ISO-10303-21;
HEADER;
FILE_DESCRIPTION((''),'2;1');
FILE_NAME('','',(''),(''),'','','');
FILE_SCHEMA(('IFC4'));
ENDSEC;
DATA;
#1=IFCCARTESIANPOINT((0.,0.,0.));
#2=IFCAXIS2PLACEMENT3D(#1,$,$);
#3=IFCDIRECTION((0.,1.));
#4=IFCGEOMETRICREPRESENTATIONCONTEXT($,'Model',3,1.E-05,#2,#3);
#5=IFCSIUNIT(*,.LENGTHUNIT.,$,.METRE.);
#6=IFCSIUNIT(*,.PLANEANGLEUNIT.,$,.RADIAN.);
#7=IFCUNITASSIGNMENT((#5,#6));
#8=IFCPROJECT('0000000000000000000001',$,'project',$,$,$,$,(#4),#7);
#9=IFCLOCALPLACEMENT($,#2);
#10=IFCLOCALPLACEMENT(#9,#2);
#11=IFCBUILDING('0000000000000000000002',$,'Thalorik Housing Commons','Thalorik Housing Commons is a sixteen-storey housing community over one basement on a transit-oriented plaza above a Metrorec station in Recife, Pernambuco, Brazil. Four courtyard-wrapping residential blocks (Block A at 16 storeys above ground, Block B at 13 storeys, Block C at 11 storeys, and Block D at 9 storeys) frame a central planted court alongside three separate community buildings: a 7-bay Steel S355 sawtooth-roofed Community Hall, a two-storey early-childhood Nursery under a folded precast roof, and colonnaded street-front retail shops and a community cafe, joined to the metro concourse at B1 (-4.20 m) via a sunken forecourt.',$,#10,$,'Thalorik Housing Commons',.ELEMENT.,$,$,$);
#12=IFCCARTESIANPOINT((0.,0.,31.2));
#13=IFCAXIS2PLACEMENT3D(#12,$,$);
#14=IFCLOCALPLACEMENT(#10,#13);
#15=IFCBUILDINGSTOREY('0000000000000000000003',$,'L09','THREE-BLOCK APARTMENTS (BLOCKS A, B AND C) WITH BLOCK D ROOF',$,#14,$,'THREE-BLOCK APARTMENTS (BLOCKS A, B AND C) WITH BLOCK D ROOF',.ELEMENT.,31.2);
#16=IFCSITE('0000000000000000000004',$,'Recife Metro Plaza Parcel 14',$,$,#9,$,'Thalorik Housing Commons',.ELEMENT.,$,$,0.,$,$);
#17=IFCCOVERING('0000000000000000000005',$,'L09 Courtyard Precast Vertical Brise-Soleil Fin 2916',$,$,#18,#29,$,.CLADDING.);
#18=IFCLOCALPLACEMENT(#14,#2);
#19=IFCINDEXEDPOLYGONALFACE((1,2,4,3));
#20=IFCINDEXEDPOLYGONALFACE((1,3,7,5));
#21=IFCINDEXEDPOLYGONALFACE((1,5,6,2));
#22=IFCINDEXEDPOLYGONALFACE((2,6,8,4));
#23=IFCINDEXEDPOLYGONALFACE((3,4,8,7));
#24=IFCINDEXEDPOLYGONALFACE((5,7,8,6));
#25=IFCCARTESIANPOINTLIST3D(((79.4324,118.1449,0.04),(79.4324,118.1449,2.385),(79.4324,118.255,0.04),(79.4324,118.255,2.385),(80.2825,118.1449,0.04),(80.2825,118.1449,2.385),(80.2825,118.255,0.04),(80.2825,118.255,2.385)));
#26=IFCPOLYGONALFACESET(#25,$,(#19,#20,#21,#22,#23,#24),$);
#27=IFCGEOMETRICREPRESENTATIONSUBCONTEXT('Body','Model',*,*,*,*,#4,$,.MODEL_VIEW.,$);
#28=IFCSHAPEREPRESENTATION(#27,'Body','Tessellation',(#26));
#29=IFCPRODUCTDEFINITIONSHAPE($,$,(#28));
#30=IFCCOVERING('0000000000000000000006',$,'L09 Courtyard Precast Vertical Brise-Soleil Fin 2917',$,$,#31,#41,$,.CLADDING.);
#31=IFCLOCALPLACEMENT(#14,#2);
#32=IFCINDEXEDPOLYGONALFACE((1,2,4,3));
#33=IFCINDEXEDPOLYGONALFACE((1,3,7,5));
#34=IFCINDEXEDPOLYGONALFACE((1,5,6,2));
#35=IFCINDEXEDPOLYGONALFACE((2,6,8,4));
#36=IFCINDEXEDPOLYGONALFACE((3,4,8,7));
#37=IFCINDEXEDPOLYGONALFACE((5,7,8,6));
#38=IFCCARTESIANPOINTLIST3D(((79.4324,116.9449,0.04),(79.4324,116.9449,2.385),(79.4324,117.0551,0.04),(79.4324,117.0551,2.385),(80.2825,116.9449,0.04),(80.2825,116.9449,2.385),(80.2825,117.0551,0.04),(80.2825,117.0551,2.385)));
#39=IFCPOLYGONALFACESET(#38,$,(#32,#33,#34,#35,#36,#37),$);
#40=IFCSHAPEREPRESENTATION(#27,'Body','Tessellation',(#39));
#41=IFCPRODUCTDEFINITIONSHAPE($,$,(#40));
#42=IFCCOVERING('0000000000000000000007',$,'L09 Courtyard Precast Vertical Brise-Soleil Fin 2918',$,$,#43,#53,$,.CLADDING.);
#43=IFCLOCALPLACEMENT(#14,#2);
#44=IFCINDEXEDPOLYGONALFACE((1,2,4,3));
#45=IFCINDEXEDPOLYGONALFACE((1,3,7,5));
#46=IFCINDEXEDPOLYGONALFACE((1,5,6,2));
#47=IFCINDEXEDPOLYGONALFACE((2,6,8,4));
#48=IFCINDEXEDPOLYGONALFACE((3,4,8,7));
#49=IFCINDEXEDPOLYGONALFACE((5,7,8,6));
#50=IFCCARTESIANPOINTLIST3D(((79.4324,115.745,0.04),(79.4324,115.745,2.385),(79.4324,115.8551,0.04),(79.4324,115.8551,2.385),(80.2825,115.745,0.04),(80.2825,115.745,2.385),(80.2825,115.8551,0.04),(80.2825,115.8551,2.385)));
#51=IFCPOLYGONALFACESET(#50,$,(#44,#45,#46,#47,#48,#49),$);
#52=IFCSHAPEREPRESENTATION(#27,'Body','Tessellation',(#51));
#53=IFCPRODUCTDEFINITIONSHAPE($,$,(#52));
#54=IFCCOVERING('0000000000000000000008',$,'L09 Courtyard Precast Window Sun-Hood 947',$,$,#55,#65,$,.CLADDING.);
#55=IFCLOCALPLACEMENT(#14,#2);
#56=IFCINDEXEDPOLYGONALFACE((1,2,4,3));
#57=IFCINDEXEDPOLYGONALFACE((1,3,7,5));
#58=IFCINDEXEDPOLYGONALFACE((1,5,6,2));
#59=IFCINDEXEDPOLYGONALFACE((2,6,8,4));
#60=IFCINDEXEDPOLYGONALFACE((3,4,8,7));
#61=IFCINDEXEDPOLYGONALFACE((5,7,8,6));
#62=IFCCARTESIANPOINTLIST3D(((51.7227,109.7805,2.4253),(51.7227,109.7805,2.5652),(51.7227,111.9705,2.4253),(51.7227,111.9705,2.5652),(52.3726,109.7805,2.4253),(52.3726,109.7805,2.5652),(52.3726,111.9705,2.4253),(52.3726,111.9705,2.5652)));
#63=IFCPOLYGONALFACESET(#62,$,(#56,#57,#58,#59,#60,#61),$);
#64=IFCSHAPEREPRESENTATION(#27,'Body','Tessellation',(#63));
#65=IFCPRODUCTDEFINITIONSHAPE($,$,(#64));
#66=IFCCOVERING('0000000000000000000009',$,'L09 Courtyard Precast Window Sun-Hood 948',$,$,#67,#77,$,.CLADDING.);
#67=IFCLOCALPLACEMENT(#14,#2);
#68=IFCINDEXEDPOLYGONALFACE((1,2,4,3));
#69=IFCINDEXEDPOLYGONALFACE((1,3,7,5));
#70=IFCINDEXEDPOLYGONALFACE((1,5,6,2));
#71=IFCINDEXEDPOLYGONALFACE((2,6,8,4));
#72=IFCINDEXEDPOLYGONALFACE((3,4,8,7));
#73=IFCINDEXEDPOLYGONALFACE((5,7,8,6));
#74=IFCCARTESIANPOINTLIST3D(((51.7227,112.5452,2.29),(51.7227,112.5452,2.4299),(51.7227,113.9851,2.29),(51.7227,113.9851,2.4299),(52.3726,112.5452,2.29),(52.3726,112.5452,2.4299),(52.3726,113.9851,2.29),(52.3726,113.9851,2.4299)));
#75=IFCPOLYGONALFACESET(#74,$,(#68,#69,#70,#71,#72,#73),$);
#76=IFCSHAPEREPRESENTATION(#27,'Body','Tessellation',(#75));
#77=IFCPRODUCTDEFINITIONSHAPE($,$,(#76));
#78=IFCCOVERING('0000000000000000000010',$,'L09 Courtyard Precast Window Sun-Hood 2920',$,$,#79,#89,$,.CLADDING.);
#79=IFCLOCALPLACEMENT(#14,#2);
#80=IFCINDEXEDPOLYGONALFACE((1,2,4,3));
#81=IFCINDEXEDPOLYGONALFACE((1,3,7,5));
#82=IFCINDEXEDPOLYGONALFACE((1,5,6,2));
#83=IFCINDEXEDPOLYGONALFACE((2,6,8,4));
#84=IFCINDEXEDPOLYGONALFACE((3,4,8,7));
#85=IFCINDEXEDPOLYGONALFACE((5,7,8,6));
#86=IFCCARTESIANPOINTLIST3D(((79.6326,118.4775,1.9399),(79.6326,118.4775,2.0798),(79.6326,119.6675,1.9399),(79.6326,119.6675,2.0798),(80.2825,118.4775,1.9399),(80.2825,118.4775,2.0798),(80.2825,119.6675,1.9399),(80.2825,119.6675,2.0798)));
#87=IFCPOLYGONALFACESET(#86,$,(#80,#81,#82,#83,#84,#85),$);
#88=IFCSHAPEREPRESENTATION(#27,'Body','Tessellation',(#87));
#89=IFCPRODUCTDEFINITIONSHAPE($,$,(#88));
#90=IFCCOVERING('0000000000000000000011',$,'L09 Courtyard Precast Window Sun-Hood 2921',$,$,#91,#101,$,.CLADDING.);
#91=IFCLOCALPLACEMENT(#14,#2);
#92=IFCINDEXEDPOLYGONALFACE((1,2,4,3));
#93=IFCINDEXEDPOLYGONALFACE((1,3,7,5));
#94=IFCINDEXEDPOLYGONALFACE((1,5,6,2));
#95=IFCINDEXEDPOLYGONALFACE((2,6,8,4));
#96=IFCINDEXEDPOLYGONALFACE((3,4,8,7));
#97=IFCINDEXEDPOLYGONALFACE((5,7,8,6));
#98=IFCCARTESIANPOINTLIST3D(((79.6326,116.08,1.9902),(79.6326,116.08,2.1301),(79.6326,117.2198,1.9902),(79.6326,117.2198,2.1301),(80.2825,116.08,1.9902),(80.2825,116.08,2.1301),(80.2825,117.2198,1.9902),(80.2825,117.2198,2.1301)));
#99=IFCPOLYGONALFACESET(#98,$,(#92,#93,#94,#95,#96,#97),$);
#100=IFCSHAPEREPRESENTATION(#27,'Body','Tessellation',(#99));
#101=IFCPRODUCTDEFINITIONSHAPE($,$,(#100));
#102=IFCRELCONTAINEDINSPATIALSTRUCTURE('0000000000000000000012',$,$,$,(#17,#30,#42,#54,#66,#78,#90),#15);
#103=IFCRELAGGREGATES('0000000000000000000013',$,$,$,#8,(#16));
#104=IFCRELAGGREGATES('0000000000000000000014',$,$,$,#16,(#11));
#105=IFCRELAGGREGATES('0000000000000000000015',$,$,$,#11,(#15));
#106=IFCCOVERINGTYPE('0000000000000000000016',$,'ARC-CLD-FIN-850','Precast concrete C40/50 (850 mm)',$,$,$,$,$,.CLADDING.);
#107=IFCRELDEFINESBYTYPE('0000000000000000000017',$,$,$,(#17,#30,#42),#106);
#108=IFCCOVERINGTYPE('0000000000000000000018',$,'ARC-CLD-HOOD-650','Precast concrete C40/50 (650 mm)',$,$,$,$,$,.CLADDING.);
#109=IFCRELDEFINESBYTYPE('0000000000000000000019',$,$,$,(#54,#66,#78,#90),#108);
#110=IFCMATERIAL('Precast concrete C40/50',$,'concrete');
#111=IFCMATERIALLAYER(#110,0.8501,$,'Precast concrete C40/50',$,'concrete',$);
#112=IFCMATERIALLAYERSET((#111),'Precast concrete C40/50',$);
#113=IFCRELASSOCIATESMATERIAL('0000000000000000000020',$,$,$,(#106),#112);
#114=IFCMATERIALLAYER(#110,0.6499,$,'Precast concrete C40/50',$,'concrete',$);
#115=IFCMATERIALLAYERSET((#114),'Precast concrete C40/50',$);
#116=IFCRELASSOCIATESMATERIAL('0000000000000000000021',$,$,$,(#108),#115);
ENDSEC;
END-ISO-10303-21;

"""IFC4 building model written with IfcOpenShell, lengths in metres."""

from ifc_helpers import new_model, si_unit, direction, frame, origin, origin_2d, place, context, subcontext, project, spatial, rectangle, extrude, material, layer, layer_set, type_object, element, save


model = new_model("IFC4")

# Units and contexts
model_context = context("Model", 3, precision=1e-05, world=origin(), true_north=direction((0.0, 1.0)))
body_context = subcontext(model_context, "Body", "Model", "MODEL_VIEW")
ifc_project = project(units=[si_unit("LENGTHUNIT", "METRE"), si_unit("PLANEANGLEUNIT", "RADIAN")], contexts=[model_context])

# Site, building, storey
site_placement = place(None, origin())
site = spatial("IfcSite", under=ifc_project, at=site_placement, Name="Recife Metro Plaza Parcel 14", LongName="Thalorik Housing Commons", CompositionType="ELEMENT", RefElevation=0.0)
building_placement = place(site_placement, origin())
building = spatial("IfcBuilding", under=site, at=building_placement, Name="Thalorik Housing Commons", Description="Thalorik Housing Commons is a sixteen-storey housing community over one basement on a transit-oriented plaza above a Metrorec station in Recife, Pernambuco, Brazil. Four courtyard-wrapping residential blocks (Block A at 16 storeys above ground, Block B at 13 storeys, Block C at 11 storeys, and Block D at 9 storeys) frame a central planted court alongside three separate community buildings: a 7-bay Steel S355 sawtooth-roofed Community Hall, a two-storey early-childhood Nursery under a folded precast roof, and colonnaded street-front retail shops and a community cafe, joined to the metro concourse at B1 (-4.20 m) via a sunken forecourt.", LongName="Thalorik Housing Commons", CompositionType="ELEMENT")
storey_placement = place(building_placement, frame((0.0, 0.0, 31.2)))
storey = spatial("IfcBuildingStorey", under=building, at=storey_placement, Name="L09", Description="THREE-BLOCK APARTMENTS (BLOCKS A, B AND C) WITH BLOCK D ROOF", LongName="THREE-BLOCK APARTMENTS (BLOCKS A, B AND C) WITH BLOCK D ROOF", CompositionType="ELEMENT", Elevation=31.2)

# Shared definitions
ifc_material_1 = material(Name="Precast concrete C40/50", Category="concrete")

# Coverings
ifc_layer_1 = layer(ifc_material_1, 0.8501, Name="Precast concrete C40/50", Category="concrete")
ifc_layer_set_1 = layer_set([ifc_layer_1], Name="Precast concrete C40/50")
covering_type_1 = type_object("IfcCoveringType", Name="ARC-CLD-FIN-850", Description="Precast concrete C40/50 (850 mm)", PredefinedType="CLADDING", material=ifc_layer_set_1)
for number, where, z_axis, x_axis, name in (
    (1, (79.8574, 118.2, 0.04), (0.0, 0.0, 1.0), (0.0, -1.0, 0.0), "L09 Courtyard Precast Vertical Brise-Soleil Fin 2916"),
    (2, (79.8574, 117.0, 0.04), (0.0, 0.0, 1.0), (0.0, -1.0, 0.0), "L09 Courtyard Precast Vertical Brise-Soleil Fin 2917"),
    (3, (79.8574, 115.8, 0.04), (0.0, 0.0, 1.0), (0.0, -1.0, 0.0), "L09 Courtyard Precast Vertical Brise-Soleil Fin 2918"),
):
    element("IfcCovering", number, at=place(storey_placement, frame(where, z_axis=z_axis, x_axis=x_axis)), inside=storey, type_object=covering_type_1, Name=name, PredefinedType="CLADDING", context=body_context, shape_type="SweptSolid", body=[
        extrude(rectangle(XDim=0.1101, YDim=0.8501, at=origin_2d()), origin(), (0.0, 0.0, 1.0), 2.345),
    ])
ifc_layer_2 = layer(ifc_material_1, 0.6499, Name="Precast concrete C40/50", Category="concrete")
ifc_layer_set_2 = layer_set([ifc_layer_2], Name="Precast concrete C40/50")
covering_type_2 = type_object("IfcCoveringType", Name="ARC-CLD-HOOD-650", Description="Precast concrete C40/50 (650 mm)", PredefinedType="CLADDING", material=ifc_layer_set_2)
covering_1_placement = place(storey_placement, frame((52.0476, 110.8755, 2.4253), z_axis=(0.0, 0.0, 1.0), x_axis=(0.0, 1.0, 0.0)))
element("IfcCovering", 4, at=covering_1_placement, inside=storey, type_object=covering_type_2, Name="L09 Courtyard Precast Window Sun-Hood 947", PredefinedType="CLADDING", context=body_context, shape_type="SweptSolid", body=[
    extrude(rectangle(XDim=2.1899, YDim=0.6499, at=origin_2d()), origin(), (0.0, 0.0, 1.0), 0.1399),
])
covering_2_placement = place(storey_placement, frame((52.0476, 113.2651, 2.29), z_axis=(0.0, 0.0, 1.0), x_axis=(0.0, 1.0, 0.0)))
element("IfcCovering", 5, at=covering_2_placement, inside=storey, type_object=covering_type_2, Name="L09 Courtyard Precast Window Sun-Hood 948", PredefinedType="CLADDING", context=body_context, shape_type="SweptSolid", body=[
    extrude(rectangle(XDim=1.4399, YDim=0.6499, at=origin_2d()), origin(), (0.0, 0.0, 1.0), 0.1399),
])
covering_3_placement = place(storey_placement, frame((79.9575, 119.0725, 1.9399), z_axis=(0.0, 0.0, 1.0), x_axis=(0.0, -1.0, 0.0)))
element("IfcCovering", 6, at=covering_3_placement, inside=storey, type_object=covering_type_2, Name="L09 Courtyard Precast Window Sun-Hood 2920", PredefinedType="CLADDING", context=body_context, shape_type="SweptSolid", body=[
    extrude(rectangle(XDim=1.1899, YDim=0.6499, at=origin_2d()), origin(), (0.0, 0.0, 1.0), 0.1399),
])
covering_4_placement = place(storey_placement, frame((79.9575, 116.6499, 1.9902), z_axis=(0.0, 0.0, 1.0), x_axis=(0.0, -1.0, 0.0)))
element("IfcCovering", 7, at=covering_4_placement, inside=storey, type_object=covering_type_2, Name="L09 Courtyard Precast Window Sun-Hood 2921", PredefinedType="CLADDING", context=body_context, shape_type="SweptSolid", body=[
    extrude(rectangle(XDim=1.1399, YDim=0.6499, at=origin_2d()), origin(), (0.0, 0.0, 1.0), 0.1399),
])

save(model, "model.ifc")
